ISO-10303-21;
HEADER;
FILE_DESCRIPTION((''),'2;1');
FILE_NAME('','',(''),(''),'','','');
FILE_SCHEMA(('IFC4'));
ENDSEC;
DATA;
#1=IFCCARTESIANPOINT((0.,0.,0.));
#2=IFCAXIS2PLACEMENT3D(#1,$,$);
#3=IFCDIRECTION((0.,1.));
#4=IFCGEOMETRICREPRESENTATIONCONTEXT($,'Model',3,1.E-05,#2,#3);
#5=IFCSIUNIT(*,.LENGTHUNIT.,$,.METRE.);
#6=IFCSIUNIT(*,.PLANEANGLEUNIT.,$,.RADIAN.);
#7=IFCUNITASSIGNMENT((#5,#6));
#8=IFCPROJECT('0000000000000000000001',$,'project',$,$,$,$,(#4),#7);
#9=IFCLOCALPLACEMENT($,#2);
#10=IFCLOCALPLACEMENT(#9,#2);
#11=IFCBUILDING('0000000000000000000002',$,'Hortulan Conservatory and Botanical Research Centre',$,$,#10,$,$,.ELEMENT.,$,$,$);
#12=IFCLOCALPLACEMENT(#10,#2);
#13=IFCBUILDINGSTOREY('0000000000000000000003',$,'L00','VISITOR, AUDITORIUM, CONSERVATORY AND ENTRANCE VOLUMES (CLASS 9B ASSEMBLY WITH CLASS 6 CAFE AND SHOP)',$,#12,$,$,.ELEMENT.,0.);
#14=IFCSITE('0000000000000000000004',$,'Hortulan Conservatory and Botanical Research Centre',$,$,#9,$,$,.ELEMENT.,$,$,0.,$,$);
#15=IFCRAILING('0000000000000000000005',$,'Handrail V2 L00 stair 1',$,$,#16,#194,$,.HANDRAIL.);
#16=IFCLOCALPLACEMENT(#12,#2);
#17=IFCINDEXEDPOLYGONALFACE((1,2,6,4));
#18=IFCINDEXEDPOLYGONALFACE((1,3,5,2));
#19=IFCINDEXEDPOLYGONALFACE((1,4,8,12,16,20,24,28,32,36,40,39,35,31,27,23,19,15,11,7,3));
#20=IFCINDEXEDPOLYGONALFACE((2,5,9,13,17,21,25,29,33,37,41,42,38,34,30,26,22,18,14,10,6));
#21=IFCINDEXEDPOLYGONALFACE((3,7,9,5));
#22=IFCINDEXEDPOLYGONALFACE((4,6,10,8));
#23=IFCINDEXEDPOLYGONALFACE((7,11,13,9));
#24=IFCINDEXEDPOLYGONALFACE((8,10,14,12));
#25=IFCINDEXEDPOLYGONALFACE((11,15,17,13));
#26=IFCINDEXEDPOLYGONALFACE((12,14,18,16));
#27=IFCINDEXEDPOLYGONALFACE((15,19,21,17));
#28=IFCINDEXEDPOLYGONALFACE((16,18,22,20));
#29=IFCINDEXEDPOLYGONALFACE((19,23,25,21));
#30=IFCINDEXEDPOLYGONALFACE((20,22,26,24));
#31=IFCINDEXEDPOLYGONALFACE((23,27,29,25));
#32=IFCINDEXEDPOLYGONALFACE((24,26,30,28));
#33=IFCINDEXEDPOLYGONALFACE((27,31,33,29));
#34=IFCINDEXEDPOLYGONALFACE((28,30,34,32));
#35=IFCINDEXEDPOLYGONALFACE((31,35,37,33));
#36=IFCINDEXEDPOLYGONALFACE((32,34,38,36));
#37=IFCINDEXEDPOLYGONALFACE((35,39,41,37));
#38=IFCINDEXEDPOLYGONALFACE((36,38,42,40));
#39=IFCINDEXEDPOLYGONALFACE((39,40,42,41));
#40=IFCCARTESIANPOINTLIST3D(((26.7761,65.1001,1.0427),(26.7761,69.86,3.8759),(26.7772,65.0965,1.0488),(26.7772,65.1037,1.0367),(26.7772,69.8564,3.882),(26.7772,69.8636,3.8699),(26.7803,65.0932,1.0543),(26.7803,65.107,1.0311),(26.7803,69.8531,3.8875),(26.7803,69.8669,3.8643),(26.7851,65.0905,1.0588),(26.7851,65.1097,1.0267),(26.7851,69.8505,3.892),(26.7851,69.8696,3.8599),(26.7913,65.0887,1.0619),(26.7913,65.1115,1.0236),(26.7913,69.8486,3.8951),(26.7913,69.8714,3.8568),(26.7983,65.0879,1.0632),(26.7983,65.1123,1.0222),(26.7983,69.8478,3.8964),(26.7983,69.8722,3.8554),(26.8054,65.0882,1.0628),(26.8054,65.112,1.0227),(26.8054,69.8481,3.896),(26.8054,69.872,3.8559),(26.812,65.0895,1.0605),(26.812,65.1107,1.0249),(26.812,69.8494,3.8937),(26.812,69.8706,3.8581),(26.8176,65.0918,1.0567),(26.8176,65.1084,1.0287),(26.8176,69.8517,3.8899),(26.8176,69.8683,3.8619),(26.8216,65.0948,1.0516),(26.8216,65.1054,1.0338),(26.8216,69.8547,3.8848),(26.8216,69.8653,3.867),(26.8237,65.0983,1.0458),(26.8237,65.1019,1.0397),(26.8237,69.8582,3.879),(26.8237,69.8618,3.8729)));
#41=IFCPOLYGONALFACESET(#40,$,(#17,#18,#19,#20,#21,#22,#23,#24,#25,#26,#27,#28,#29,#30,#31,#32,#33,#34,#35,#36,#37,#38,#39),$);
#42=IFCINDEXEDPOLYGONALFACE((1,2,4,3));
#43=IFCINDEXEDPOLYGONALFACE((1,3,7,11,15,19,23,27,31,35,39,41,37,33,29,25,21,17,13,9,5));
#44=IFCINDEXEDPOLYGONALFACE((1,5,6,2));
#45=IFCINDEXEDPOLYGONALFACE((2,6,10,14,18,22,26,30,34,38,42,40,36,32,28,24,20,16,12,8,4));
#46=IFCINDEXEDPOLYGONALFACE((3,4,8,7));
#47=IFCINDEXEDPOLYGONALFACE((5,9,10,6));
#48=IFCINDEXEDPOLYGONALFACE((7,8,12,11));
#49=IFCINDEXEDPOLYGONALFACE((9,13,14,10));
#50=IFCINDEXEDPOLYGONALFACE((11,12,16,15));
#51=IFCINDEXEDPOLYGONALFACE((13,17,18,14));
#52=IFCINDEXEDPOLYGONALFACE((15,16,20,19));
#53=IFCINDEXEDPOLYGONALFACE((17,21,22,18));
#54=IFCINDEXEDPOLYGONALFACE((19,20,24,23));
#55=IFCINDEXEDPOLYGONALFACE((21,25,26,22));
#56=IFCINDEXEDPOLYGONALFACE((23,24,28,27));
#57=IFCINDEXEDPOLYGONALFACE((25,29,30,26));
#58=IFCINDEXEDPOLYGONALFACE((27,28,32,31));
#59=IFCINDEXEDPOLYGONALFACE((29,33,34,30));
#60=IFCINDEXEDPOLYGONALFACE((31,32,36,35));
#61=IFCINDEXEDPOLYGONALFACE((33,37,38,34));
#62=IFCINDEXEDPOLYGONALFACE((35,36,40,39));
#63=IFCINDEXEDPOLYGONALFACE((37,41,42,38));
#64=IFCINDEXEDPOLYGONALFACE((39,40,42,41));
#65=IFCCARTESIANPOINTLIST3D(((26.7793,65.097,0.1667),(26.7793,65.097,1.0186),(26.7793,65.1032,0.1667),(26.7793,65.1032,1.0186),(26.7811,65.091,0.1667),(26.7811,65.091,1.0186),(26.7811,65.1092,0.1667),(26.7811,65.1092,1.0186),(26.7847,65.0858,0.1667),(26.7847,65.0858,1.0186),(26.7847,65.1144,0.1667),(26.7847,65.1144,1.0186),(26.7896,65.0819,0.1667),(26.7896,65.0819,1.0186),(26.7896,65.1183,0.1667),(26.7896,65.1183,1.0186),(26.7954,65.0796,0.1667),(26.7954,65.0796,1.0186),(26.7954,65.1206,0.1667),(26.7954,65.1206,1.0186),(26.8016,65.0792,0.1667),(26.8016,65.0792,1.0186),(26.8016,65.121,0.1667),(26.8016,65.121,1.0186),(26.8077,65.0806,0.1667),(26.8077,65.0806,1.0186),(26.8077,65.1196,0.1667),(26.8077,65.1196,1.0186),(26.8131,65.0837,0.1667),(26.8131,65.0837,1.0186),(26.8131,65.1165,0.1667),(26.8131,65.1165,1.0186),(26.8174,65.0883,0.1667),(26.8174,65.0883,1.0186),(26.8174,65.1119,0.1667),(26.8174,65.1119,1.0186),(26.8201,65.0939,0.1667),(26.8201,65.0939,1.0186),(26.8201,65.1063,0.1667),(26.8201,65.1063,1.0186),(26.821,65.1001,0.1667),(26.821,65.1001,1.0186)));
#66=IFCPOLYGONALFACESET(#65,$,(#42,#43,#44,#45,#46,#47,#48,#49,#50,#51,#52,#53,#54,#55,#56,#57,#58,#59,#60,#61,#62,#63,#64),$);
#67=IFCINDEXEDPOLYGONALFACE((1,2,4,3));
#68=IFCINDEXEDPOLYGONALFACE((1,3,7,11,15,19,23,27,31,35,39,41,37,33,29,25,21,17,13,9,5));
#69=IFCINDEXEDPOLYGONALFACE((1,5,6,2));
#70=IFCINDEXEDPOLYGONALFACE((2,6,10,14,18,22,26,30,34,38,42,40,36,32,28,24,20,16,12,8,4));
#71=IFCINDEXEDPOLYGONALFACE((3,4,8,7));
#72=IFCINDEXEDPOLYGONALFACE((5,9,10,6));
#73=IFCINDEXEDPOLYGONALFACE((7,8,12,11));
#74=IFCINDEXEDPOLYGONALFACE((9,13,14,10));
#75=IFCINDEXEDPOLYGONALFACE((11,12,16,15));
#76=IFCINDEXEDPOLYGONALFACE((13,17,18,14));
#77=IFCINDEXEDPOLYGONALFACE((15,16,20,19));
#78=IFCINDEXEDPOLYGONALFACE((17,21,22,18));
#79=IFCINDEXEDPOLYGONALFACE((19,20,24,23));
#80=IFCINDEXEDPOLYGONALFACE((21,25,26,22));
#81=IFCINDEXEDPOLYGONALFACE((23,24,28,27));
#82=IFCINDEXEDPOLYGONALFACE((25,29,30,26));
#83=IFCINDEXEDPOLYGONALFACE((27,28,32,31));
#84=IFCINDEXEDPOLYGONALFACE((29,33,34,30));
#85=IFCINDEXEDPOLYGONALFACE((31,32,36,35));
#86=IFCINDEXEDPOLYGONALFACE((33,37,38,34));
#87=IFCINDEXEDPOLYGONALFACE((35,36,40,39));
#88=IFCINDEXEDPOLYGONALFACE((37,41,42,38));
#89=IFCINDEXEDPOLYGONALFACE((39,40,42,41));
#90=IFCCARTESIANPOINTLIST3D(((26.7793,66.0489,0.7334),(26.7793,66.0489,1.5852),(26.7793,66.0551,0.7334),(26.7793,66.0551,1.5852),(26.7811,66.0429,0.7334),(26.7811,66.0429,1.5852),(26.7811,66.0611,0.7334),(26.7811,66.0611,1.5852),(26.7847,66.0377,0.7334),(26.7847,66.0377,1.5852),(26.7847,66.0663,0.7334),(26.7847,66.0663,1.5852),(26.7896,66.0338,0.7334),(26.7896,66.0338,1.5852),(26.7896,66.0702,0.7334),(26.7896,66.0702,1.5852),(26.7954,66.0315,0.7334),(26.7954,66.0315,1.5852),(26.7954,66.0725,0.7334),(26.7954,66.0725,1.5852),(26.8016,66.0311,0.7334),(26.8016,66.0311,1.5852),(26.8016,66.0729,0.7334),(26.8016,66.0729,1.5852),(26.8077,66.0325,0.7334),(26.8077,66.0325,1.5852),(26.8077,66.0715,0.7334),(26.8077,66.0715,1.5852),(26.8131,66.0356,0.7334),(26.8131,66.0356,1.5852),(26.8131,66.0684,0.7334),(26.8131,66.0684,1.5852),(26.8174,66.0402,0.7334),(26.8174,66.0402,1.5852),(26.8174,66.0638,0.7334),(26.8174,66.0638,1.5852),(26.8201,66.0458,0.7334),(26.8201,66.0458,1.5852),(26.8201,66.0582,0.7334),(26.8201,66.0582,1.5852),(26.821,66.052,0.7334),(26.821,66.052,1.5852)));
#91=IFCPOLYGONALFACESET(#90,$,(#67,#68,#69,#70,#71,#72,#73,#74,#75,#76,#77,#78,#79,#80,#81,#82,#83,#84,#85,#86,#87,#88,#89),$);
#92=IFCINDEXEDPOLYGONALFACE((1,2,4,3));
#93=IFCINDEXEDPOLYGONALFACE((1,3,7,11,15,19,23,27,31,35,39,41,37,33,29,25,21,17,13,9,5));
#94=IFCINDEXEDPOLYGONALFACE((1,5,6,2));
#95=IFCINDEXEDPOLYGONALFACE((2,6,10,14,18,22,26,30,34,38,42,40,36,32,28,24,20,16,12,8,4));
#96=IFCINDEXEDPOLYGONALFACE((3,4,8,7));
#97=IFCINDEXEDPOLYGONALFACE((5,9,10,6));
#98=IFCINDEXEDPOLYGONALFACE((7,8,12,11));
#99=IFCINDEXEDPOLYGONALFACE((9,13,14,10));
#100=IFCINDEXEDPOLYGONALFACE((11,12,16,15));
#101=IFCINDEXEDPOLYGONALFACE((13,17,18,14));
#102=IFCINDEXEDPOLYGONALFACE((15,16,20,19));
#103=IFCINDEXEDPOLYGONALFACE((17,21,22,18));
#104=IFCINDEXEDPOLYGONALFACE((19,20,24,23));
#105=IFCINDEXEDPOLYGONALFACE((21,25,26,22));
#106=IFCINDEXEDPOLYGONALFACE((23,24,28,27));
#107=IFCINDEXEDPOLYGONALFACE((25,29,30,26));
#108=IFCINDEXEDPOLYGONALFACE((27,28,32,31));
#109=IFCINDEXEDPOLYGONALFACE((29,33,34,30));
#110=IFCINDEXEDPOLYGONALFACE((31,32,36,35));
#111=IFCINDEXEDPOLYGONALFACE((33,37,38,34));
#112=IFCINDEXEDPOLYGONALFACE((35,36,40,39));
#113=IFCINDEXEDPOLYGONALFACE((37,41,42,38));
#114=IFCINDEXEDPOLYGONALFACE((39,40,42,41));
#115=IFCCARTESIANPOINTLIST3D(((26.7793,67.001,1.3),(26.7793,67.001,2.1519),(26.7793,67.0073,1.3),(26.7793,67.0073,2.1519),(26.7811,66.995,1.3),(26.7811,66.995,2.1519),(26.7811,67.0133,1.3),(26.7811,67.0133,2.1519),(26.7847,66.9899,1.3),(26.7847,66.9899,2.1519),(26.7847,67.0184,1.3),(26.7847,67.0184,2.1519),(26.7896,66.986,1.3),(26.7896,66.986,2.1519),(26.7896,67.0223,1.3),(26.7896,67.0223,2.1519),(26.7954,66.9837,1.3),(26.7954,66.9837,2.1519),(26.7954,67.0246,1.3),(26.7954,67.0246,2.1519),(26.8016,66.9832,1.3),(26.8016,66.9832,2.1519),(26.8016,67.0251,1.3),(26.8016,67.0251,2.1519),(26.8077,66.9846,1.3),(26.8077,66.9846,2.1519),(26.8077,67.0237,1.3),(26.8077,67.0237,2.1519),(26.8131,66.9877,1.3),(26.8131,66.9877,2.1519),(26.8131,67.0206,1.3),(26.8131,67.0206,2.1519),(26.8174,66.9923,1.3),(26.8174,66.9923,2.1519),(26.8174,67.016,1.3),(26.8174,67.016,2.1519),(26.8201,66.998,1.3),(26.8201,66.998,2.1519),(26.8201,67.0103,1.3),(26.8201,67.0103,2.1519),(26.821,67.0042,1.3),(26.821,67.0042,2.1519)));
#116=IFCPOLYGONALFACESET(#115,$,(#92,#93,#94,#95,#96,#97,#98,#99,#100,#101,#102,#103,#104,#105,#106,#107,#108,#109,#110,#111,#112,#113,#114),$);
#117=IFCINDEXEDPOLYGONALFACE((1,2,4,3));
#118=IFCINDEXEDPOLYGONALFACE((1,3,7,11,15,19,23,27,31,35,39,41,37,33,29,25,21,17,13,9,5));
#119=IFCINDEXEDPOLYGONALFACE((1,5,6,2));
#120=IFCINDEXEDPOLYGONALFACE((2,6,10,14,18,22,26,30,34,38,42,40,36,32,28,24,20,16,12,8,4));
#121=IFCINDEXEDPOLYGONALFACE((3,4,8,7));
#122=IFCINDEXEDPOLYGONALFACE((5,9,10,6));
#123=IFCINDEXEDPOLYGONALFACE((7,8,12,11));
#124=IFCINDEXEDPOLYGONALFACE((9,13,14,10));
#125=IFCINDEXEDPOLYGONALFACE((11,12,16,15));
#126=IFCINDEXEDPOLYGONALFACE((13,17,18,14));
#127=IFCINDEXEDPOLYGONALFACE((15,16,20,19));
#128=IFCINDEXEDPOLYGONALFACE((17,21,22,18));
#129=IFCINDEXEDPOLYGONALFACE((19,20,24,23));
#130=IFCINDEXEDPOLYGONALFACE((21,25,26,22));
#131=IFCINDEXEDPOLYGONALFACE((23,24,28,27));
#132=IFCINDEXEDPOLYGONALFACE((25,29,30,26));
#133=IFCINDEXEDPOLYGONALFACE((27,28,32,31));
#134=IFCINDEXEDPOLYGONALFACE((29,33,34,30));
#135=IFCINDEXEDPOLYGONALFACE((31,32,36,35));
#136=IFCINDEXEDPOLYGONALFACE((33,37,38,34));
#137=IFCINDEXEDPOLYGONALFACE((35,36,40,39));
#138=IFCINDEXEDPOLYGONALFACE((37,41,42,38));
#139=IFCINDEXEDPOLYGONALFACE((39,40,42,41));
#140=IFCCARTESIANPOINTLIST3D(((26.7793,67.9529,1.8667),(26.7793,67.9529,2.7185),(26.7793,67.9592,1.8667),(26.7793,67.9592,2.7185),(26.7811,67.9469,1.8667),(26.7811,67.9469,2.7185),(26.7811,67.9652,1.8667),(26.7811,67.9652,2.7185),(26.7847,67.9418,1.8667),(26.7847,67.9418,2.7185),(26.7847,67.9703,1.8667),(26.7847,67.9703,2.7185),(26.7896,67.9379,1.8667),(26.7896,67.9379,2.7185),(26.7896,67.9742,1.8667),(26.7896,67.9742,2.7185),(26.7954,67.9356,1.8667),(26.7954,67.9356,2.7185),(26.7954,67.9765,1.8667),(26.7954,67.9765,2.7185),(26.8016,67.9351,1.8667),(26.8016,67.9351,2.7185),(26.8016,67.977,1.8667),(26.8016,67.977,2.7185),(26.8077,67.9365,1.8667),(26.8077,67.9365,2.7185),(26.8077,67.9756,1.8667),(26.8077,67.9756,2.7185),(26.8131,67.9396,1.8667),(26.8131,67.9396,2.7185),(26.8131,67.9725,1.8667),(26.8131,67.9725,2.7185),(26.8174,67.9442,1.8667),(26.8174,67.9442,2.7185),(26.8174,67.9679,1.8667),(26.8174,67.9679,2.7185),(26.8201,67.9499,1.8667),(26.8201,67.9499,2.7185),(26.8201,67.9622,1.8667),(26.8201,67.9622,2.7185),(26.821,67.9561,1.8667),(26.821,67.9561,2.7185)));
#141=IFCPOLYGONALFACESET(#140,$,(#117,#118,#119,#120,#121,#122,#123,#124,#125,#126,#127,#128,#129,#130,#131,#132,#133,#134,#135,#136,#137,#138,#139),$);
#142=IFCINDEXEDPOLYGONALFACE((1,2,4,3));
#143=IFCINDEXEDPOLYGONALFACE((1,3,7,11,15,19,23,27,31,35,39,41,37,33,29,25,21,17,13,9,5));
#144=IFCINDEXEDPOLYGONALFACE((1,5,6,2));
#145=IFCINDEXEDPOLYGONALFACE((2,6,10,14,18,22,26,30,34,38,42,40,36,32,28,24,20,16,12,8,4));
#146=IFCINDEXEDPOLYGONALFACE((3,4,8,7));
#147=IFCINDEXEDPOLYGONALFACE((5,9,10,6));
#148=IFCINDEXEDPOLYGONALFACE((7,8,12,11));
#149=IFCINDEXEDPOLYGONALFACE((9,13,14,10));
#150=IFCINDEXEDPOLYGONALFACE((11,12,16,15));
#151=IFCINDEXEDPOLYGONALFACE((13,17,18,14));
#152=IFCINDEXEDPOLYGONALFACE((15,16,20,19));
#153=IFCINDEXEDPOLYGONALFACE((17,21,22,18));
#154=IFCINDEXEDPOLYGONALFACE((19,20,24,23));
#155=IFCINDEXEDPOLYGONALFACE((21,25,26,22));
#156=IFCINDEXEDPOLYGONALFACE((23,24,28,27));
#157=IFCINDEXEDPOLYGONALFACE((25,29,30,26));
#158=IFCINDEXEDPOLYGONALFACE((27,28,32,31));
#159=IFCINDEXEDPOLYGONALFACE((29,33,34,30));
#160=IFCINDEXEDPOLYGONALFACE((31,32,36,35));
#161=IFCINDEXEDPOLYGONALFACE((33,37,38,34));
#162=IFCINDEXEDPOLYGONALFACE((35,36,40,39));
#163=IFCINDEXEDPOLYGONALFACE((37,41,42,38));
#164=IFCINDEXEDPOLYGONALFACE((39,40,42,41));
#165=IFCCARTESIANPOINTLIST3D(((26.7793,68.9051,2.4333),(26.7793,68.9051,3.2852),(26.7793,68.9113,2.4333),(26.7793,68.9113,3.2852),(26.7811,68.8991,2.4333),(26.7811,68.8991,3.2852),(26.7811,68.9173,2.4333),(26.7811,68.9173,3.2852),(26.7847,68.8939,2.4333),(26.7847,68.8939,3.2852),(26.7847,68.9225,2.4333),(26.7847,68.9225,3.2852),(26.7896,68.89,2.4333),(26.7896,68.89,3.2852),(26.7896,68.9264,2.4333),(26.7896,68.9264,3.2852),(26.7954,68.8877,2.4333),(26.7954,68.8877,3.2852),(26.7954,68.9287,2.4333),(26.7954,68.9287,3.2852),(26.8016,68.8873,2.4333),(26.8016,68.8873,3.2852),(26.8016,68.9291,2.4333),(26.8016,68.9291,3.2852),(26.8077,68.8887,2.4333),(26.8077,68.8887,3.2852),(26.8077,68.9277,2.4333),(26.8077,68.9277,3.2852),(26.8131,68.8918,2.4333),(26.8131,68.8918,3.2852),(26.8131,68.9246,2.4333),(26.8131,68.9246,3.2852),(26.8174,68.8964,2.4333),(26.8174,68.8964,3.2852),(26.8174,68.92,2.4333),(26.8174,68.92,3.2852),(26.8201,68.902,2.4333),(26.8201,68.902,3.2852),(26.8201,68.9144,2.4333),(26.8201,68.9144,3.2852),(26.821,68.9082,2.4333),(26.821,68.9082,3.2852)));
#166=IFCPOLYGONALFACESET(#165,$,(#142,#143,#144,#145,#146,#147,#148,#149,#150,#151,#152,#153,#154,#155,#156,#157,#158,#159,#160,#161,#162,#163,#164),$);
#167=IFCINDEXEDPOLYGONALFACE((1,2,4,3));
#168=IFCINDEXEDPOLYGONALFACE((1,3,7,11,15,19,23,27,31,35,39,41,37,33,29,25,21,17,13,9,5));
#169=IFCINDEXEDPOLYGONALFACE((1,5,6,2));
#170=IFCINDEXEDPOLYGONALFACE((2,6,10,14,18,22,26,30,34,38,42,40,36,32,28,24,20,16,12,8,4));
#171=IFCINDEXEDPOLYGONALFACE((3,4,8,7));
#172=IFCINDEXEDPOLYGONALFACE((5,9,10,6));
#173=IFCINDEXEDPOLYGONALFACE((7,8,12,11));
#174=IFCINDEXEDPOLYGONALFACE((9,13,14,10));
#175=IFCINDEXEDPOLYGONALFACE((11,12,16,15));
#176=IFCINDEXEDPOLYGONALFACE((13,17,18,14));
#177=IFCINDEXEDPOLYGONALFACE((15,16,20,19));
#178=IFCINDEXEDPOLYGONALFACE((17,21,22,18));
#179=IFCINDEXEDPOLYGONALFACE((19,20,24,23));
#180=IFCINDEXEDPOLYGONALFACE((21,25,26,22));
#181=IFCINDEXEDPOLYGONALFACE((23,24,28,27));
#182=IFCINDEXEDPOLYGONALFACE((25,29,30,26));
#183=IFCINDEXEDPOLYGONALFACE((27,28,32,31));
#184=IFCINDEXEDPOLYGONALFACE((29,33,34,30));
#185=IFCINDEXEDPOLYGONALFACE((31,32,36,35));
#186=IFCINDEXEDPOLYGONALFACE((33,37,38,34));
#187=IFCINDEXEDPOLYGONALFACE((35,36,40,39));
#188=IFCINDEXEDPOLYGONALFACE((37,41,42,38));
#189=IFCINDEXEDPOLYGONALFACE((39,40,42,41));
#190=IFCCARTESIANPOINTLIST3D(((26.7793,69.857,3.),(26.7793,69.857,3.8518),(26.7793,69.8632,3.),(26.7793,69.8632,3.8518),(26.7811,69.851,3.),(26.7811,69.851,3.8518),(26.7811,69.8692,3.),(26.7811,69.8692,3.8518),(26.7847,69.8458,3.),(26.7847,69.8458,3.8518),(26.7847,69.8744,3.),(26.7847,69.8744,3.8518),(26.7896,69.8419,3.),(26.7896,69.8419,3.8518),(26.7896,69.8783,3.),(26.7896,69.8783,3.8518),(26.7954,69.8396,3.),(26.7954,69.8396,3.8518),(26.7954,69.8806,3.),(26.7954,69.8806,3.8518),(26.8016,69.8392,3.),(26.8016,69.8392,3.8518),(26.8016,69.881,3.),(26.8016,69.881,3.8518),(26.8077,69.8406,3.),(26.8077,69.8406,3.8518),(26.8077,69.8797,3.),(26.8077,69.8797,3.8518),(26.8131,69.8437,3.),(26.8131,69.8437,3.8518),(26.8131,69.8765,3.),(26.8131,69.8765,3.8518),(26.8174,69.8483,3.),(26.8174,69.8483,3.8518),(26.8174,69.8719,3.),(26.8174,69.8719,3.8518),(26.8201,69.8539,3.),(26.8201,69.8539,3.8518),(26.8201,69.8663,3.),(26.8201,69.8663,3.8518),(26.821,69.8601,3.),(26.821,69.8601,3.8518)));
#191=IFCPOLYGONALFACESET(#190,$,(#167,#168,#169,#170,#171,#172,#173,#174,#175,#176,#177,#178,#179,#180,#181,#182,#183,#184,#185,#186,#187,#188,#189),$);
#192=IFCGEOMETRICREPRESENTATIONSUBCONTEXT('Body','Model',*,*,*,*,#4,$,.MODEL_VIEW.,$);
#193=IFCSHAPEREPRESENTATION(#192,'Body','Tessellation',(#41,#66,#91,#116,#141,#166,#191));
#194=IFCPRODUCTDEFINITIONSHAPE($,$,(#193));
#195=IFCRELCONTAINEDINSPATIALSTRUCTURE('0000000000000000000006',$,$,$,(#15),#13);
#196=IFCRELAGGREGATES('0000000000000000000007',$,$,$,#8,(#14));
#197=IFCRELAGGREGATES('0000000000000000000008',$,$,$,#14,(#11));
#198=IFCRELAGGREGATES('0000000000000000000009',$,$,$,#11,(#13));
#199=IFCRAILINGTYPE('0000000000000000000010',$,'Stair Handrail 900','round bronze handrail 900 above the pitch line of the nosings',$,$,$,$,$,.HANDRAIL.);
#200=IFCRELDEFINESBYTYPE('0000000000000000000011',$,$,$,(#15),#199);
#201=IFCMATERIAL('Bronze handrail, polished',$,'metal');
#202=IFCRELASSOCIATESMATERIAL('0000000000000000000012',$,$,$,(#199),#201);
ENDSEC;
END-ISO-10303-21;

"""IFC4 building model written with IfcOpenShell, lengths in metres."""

from ifc_helpers import new_model, si_unit, direction, frame, origin, origin_2d, place, context, subcontext, project, spatial, circle, extrude, material, type_object, element, save


model = new_model("IFC4")

# Units and contexts
model_context = context("Model", 3, precision=1e-05, world=origin(), true_north=direction((0.0, 1.0)))
body_context = subcontext(model_context, "Body", "Model", "MODEL_VIEW")
ifc_project = project(units=[si_unit("LENGTHUNIT", "METRE"), si_unit("PLANEANGLEUNIT", "RADIAN")], contexts=[model_context])

# Site, building, storey
site_placement = place(None, origin())
site = spatial("IfcSite", under=ifc_project, at=site_placement, Name="Hortulan Conservatory and Botanical Research Centre", CompositionType="ELEMENT", RefElevation=0.0)
building_placement = place(site_placement, origin())
building = spatial("IfcBuilding", under=site, at=building_placement, Name="Hortulan Conservatory and Botanical Research Centre", CompositionType="ELEMENT")
storey_placement = place(building_placement, origin())
storey = spatial("IfcBuildingStorey", under=building, at=storey_placement, Name="L00", Description="VISITOR, AUDITORIUM, CONSERVATORY AND ENTRANCE VOLUMES (CLASS 9B ASSEMBLY WITH CLASS 6 CAFE AND SHOP)", CompositionType="ELEMENT", Elevation=0.0)

# Railing
ifc_material_1 = material(Name="Bronze handrail, polished", Category="metal")
railing_type_1 = type_object("IfcRailingType", Name="Stair Handrail 900", Description="round bronze handrail 900 above the pitch line of the nosings", PredefinedType="HANDRAIL", material=ifc_material_1)
railing_1_placement = place(storey_placement, frame((26.8, 65.1001, 0.1667)))
element("IfcRailing", 1, at=railing_1_placement, inside=storey, type_object=railing_type_1, Name="Handrail V2 L00 stair 1", PredefinedType="HANDRAIL", context=body_context, shape_type="SweptSolid", body=[
    extrude(circle(Radius=0.0239, at=origin_2d()), frame((0.0, 0.0, 0.876), z_axis=(0.0, 0.8593, 0.511472), x_axis=(-1.0, 0.0, 0.0)), (0.0, 0.0, 1.0), 5.5393),
    extrude(circle(Radius=0.021, at=origin_2d()), origin(), (0.0, 0.0, 1.0), 0.8518),
    extrude(circle(Radius=0.021, at=origin_2d()), frame((0.0, 0.9519, 0.5667)), (0.0, 0.0, 1.0), 0.8518),
    extrude(circle(Radius=0.021, at=origin_2d()), frame((0.0, 1.9041, 1.1333)), (0.0, 0.0, 1.0), 0.8518),
    extrude(circle(Radius=0.021, at=origin_2d()), frame((0.0, 2.856, 1.7)), (0.0, 0.0, 1.0), 0.8518),
    extrude(circle(Radius=0.021, at=origin_2d()), frame((0.0, 3.8081, 2.2666)), (0.0, 0.0, 1.0), 0.8518),
    extrude(circle(Radius=0.021, at=origin_2d()), frame((0.0, 4.76, 2.8333)), (0.0, 0.0, 1.0), 0.8518),
])

save(model, "model.ifc")
